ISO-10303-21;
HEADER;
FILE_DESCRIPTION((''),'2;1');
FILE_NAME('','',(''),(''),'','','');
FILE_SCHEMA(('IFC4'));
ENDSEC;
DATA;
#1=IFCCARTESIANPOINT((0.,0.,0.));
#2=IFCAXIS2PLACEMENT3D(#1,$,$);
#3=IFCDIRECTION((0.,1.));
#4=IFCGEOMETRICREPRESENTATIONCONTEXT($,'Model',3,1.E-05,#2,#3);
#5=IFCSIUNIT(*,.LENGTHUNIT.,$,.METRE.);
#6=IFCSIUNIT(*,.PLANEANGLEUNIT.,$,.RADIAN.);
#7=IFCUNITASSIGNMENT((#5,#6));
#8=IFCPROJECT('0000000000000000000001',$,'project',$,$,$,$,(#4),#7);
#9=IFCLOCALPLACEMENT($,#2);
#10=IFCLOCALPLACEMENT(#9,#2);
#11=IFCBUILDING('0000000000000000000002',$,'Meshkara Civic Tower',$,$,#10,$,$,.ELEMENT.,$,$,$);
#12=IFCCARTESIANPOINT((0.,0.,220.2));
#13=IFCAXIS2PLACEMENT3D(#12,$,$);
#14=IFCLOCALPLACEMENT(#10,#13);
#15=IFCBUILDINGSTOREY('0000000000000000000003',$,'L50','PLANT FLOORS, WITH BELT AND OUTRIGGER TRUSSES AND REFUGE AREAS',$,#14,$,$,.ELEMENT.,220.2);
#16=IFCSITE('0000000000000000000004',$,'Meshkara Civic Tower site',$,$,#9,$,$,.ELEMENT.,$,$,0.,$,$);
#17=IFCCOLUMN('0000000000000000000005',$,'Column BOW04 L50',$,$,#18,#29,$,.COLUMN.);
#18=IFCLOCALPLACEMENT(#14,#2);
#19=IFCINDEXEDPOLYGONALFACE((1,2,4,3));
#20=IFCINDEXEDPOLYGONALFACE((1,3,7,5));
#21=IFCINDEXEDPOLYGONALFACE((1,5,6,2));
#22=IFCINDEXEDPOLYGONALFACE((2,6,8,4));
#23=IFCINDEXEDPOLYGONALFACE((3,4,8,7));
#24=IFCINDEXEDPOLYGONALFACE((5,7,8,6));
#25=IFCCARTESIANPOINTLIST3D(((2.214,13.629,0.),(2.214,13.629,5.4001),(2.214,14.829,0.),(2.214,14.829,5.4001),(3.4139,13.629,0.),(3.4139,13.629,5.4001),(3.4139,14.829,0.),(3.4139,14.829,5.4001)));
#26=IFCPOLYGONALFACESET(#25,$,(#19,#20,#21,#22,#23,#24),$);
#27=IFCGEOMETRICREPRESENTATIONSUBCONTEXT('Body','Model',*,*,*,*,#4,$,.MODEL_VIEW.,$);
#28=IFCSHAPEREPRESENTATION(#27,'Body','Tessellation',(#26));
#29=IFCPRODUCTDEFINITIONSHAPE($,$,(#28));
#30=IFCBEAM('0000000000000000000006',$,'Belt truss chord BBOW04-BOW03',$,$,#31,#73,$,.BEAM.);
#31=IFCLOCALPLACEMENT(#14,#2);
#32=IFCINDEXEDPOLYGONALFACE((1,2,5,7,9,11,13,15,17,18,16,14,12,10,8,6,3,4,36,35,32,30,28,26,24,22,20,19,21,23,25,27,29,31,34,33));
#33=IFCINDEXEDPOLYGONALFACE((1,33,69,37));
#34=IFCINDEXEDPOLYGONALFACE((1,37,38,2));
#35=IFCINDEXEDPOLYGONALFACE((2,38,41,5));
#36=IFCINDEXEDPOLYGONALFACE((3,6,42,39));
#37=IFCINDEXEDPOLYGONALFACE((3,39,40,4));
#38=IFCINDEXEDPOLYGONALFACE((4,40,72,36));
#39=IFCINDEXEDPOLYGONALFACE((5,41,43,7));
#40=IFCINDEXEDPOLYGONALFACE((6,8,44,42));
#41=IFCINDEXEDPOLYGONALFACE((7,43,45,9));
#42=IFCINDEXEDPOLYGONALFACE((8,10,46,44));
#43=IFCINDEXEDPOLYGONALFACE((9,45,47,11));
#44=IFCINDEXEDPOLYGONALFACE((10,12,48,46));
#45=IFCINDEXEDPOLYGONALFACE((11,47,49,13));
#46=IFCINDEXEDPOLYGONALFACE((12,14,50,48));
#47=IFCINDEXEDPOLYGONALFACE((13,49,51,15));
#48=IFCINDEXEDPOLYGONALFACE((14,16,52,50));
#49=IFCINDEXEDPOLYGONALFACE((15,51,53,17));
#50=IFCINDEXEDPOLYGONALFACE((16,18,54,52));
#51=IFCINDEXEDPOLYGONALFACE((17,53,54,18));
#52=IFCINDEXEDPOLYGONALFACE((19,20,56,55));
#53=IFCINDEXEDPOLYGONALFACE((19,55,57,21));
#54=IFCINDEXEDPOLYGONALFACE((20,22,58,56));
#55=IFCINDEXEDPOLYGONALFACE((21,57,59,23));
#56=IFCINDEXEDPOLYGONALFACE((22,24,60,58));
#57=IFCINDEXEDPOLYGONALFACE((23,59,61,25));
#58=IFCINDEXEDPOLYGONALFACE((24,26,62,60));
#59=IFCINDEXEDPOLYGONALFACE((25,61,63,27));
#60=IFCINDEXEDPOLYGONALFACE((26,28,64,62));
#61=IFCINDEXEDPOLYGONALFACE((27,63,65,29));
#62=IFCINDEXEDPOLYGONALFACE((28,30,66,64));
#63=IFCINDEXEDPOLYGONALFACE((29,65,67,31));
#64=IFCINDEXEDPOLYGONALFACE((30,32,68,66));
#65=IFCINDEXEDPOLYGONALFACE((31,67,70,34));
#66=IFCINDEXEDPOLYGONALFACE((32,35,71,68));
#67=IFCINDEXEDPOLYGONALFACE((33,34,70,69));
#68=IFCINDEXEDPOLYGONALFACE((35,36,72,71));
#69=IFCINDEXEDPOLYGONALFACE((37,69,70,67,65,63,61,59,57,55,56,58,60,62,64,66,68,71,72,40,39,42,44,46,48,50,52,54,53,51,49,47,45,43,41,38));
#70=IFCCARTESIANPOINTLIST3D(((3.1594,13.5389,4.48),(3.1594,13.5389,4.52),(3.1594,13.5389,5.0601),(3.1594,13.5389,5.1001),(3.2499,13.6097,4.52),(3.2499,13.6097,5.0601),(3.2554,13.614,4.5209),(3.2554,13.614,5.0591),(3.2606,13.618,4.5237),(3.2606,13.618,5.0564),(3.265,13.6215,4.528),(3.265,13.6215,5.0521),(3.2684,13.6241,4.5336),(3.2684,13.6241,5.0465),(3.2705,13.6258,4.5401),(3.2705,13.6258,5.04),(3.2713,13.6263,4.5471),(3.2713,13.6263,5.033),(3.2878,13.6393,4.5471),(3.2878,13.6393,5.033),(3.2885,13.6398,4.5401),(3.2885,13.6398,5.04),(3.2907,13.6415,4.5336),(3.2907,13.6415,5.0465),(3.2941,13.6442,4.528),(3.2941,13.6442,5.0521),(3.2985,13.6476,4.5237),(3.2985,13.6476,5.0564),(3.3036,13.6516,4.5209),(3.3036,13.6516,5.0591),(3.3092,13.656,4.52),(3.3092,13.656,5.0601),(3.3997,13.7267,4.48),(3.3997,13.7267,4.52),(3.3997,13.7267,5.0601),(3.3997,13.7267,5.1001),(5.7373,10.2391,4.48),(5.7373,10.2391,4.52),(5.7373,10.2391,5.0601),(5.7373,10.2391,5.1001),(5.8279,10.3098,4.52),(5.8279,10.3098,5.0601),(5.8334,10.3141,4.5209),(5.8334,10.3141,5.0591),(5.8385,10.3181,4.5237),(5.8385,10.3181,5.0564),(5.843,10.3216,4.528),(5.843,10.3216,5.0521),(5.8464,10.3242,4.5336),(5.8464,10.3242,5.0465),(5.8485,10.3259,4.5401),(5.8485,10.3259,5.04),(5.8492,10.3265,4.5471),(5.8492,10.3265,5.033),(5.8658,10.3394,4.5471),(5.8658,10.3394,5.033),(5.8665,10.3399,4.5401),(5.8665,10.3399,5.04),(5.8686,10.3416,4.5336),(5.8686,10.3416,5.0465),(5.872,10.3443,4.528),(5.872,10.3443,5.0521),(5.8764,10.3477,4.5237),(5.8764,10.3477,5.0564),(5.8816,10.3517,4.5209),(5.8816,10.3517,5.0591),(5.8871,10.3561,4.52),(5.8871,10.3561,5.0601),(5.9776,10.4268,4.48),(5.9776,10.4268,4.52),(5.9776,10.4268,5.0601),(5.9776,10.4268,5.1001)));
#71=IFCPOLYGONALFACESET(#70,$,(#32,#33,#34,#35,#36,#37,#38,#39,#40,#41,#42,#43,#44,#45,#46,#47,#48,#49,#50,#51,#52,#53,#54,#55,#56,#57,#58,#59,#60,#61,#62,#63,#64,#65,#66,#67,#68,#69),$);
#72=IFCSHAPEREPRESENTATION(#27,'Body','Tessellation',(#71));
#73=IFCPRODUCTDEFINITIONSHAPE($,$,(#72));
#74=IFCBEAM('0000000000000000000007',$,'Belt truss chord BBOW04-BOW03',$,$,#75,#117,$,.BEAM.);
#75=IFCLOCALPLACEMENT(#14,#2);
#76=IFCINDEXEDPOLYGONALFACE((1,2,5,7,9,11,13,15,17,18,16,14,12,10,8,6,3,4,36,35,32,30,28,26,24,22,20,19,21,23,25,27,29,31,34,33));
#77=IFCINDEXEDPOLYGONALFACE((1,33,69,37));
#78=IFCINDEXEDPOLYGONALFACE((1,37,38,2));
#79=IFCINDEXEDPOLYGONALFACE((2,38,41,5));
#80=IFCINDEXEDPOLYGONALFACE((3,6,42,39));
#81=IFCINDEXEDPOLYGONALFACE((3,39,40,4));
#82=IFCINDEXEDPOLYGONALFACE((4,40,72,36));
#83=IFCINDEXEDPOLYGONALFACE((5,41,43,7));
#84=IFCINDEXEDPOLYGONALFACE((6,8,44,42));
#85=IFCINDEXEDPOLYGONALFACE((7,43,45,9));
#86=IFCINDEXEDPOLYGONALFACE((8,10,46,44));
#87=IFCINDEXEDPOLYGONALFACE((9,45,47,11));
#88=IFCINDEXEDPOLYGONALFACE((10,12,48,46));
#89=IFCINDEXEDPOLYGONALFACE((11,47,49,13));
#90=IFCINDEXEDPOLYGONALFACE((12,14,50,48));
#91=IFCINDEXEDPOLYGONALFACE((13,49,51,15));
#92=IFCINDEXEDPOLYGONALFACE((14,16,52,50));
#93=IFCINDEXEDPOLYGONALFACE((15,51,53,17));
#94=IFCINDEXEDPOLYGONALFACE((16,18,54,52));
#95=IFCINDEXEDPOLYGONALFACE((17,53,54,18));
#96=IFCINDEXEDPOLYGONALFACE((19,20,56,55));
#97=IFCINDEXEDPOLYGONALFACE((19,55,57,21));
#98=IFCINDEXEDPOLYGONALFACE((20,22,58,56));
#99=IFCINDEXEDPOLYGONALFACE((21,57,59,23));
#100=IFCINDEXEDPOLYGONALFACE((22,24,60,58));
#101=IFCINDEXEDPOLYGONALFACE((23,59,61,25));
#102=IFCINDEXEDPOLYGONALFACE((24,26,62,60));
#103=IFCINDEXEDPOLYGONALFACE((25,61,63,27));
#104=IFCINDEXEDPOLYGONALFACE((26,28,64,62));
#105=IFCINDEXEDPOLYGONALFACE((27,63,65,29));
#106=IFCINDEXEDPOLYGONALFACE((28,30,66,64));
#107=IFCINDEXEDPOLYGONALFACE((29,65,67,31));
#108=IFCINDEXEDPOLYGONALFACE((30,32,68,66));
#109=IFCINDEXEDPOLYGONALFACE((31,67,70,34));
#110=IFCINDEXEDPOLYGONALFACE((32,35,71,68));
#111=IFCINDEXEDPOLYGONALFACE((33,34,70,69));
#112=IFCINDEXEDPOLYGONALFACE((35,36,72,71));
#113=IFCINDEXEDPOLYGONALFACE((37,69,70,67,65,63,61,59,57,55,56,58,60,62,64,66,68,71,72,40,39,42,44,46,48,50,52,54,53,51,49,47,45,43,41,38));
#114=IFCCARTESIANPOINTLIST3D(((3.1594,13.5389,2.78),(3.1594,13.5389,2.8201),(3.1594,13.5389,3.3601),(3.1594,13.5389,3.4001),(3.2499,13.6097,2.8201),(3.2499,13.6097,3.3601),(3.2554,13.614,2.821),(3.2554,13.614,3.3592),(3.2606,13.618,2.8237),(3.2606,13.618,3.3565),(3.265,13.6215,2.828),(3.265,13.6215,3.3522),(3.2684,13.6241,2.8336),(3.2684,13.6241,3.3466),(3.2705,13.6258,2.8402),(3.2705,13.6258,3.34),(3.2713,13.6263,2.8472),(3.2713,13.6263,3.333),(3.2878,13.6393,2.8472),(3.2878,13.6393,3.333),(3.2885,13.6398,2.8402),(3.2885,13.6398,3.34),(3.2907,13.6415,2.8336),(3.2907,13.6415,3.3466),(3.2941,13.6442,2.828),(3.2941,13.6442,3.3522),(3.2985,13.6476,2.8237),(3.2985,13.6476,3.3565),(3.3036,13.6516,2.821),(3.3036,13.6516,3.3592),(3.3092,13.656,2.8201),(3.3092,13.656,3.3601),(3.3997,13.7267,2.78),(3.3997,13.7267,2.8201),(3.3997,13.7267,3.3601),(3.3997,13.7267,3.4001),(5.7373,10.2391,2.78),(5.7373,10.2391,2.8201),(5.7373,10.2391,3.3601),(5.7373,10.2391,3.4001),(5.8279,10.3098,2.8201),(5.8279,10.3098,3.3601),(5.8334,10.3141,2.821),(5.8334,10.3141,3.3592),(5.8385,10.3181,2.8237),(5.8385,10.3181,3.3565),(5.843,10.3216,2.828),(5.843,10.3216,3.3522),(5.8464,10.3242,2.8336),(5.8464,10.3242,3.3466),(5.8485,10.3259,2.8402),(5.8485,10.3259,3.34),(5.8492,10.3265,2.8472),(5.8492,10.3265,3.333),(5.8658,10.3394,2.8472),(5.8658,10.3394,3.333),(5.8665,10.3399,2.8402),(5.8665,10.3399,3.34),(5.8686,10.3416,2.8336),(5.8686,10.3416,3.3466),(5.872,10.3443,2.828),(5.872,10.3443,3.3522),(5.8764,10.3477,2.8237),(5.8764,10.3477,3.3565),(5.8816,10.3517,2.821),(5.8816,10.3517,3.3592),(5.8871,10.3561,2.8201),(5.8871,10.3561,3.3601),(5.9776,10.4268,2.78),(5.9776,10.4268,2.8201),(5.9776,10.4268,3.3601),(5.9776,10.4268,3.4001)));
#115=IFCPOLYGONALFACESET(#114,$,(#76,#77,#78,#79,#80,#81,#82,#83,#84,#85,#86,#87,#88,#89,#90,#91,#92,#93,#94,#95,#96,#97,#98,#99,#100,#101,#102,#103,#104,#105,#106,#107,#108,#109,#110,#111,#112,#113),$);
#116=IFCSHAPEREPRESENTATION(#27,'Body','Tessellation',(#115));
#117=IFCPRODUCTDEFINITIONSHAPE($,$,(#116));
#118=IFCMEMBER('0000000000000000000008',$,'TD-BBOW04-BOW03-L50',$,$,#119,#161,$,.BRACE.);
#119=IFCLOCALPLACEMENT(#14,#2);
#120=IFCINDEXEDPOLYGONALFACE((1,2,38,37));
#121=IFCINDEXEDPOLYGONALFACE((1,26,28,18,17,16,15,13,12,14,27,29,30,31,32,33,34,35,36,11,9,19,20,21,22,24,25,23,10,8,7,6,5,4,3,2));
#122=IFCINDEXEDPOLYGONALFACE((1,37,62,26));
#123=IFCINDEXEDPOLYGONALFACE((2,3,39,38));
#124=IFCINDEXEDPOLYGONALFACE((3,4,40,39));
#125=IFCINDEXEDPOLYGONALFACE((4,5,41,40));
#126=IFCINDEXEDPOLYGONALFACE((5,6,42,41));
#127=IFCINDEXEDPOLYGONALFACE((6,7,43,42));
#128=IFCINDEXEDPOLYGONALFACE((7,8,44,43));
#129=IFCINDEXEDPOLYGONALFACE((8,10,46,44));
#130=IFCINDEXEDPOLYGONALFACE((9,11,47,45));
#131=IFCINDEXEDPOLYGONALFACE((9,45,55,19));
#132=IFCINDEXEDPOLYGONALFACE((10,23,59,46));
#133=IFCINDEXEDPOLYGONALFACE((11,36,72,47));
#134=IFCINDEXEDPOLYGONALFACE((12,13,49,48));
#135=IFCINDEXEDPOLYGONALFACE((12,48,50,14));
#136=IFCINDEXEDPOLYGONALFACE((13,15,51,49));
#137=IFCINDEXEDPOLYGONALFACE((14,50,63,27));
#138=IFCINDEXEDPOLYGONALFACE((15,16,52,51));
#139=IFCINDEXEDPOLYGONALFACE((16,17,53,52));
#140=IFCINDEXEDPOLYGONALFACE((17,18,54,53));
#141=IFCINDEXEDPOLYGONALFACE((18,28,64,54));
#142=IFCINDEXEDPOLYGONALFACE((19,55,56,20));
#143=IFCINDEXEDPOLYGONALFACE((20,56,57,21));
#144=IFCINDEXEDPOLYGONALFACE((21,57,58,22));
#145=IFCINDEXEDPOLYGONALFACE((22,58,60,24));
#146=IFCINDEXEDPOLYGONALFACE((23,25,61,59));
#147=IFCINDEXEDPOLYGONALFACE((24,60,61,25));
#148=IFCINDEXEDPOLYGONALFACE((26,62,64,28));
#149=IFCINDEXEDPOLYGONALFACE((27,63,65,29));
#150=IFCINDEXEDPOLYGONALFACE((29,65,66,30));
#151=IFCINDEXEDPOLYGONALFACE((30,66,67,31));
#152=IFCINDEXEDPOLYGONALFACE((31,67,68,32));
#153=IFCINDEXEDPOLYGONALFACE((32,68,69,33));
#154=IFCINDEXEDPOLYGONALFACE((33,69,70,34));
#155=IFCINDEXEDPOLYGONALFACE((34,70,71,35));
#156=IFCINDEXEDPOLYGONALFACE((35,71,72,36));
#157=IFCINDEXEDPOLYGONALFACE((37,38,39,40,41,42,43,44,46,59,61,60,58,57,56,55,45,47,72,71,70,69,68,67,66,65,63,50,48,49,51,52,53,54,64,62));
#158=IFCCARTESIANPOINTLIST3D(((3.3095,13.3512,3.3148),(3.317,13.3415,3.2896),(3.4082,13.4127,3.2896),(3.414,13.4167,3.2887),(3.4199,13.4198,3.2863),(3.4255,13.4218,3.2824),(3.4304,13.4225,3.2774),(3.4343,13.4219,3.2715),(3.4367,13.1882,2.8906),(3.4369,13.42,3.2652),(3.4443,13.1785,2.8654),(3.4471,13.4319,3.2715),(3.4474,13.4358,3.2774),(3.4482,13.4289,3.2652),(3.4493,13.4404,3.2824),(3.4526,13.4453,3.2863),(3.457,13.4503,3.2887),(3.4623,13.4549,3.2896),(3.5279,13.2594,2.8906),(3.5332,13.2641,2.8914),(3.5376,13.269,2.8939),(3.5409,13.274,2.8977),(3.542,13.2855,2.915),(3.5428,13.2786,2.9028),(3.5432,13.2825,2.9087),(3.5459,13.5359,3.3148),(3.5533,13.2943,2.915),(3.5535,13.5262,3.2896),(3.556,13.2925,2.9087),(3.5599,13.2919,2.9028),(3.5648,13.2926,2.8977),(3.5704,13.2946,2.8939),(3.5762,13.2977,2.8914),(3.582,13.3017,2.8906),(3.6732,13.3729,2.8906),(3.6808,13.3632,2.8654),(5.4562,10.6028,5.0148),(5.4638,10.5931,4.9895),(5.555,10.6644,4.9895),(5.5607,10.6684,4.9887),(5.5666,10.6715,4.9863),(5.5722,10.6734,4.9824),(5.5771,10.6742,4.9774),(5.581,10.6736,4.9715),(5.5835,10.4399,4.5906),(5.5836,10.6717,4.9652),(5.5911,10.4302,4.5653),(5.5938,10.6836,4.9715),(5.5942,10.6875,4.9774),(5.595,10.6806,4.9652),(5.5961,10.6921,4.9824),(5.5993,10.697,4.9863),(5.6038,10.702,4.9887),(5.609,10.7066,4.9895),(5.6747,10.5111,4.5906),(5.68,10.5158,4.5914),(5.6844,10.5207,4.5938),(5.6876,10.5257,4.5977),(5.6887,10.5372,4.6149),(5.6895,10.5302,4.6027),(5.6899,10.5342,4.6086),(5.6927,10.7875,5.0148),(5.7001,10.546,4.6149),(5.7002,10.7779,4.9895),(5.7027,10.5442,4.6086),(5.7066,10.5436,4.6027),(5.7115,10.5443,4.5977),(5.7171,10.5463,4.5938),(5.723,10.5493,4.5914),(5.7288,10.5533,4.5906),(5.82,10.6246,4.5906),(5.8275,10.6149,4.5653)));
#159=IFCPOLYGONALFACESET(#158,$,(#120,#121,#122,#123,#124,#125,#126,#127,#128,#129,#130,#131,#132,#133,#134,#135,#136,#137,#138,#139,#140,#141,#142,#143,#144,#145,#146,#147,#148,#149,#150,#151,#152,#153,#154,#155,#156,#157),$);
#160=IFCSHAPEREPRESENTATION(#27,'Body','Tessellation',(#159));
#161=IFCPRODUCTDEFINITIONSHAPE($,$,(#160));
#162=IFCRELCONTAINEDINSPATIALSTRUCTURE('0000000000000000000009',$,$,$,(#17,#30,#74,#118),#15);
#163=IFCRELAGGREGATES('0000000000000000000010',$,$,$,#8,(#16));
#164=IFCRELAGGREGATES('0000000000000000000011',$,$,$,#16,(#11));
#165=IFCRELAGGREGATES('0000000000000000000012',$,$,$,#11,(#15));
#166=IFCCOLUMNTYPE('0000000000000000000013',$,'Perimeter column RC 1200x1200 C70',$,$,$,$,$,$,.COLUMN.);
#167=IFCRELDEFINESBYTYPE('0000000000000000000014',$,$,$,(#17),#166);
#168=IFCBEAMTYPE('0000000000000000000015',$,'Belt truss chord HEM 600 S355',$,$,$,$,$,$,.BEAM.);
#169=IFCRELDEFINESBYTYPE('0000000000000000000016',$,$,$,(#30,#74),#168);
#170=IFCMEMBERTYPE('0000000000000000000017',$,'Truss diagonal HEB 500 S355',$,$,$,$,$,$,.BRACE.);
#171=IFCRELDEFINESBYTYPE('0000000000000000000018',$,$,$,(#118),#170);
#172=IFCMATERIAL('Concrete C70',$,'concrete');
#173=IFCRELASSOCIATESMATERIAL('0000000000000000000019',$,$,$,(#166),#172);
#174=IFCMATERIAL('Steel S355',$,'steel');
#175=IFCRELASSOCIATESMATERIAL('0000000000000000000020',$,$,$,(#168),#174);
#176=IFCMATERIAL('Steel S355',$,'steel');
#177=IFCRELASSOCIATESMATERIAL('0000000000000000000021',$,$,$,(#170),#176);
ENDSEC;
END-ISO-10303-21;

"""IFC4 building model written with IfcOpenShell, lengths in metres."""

from ifc_helpers import new_model, si_unit, direction, frame, origin, origin_2d, place, context, subcontext, project, spatial, rectangle, i_section, extrude, material, material_profile, profile_set, type_object, element, save


model = new_model("IFC4")

# Units and contexts
model_context = context("Model", 3, precision=1e-05, world=origin(), true_north=direction((0.0, 1.0)))
body_context = subcontext(model_context, "Body", "Model", "MODEL_VIEW")
ifc_project = project(units=[si_unit("LENGTHUNIT", "METRE"), si_unit("PLANEANGLEUNIT", "RADIAN")], contexts=[model_context])

# Site, building, storey
site_placement = place(None, origin())
site = spatial("IfcSite", under=ifc_project, at=site_placement, Name="Meshkara Civic Tower site", CompositionType="ELEMENT", RefElevation=0.0)
building_placement = place(site_placement, origin())
building = spatial("IfcBuilding", under=site, at=building_placement, Name="Meshkara Civic Tower", CompositionType="ELEMENT")
storey_placement = place(building_placement, frame((0.0, 0.0, 220.2)))
storey = spatial("IfcBuildingStorey", under=building, at=storey_placement, Name="L50", Description="PLANT FLOORS, WITH BELT AND OUTRIGGER TRUSSES AND REFUGE AREAS", CompositionType="ELEMENT", Elevation=220.2)

# Column
ifc_material_1 = material(Name="Concrete C70", Category="concrete")
ifc_material_profile_1 = material_profile(ifc_material_1, rectangle(XDim=1.2, YDim=1.2, at=origin_2d()))
ifc_profile_set_1 = profile_set([ifc_material_profile_1], Name="Concrete C70")
column_type = type_object("IfcColumnType", Name="Perimeter column RC 1200x1200 C70", PredefinedType="COLUMN", material=ifc_profile_set_1)
column_placement = place(storey_placement, frame((2.814, 14.229, 0.0), z_axis=(0.0, 0.0, 1.0), x_axis=(1.0, 0.0, 0.0)))
element("IfcColumn", 1, at=column_placement, inside=storey, type_object=column_type, Name="Column BOW04 L50", PredefinedType="COLUMN", context=body_context, shape_type="SweptSolid", body=[
    extrude(rectangle(XDim=1.2, YDim=1.2, at=origin_2d()), origin(), (0.0, 0.0, 1.0), 5.4001),
])

# Beams
ifc_material_2 = material(Name="Steel S355", Category="steel")
ifc_material_profile_2 = material_profile(ifc_material_2, i_section(OverallWidth=0.3049, OverallDepth=0.6201, WebThickness=0.021, FlangeThickness=0.04, FilletRadius=0.0271, at=origin_2d()))
ifc_profile_set_2 = profile_set([ifc_material_profile_2], Name="Steel S355")
beam_type = type_object("IfcBeamType", Name="Belt truss chord HEM 600 S355", PredefinedType="BEAM", material=ifc_profile_set_2)
for number, where, z_axis, x_axis, name in (
    (2, (3.2795, 13.6328, 4.79), (0.61563, -0.788035, 0.0), (0.788035, 0.61563, 0.0), "Belt truss chord BBOW04-BOW03"),
    (3, (3.2795, 13.6328, 3.0901), (0.61563, -0.788035, 0.0), (0.788035, 0.61563, 0.0), "Belt truss chord BBOW04-BOW03"),
):
    element("IfcBeam", number, at=place(storey_placement, frame(where, z_axis=z_axis, x_axis=x_axis)), inside=storey, type_object=beam_type, Name=name, PredefinedType="BEAM", context=body_context, shape_type="SweptSolid", body=[
        extrude(i_section(OverallWidth=0.3049, OverallDepth=0.6201, WebThickness=0.021, FlangeThickness=0.04, FilletRadius=0.0271, at=origin_2d()), origin(), (0.0, 0.0, 1.0), 4.1875),
    ])

# Member
ifc_material_3 = material(Name="Steel S355", Category="steel")
ifc_material_profile_3 = material_profile(ifc_material_3, i_section(OverallWidth=0.3, OverallDepth=0.5, WebThickness=0.0144, FlangeThickness=0.0281, FilletRadius=0.0271, at=origin_2d()))
ifc_profile_set_3 = profile_set([ifc_material_profile_3], Name="Steel S355")
member_type = type_object("IfcMemberType", Name="Truss diagonal HEB 500 S355", PredefinedType="BRACE", material=ifc_profile_set_3)
member_placement = place(storey_placement, frame((3.4951, 13.3572, 3.0901), z_axis=(0.553336, -0.708393, 0.438176), x_axis=(0.788076, 0.615577, 0.0)))
element("IfcMember", 4, at=member_placement, inside=storey, type_object=member_type, Name="TD-BBOW04-BOW03-L50", PredefinedType="BRACE", context=body_context, shape_type="SweptSolid", body=[
    extrude(i_section(OverallWidth=0.3, OverallDepth=0.5, WebThickness=0.0144, FlangeThickness=0.0281, FilletRadius=0.0271, at=origin_2d()), origin(), (0.0, 0.0, 1.0), 3.8796),
])

save(model, "model.ifc")
